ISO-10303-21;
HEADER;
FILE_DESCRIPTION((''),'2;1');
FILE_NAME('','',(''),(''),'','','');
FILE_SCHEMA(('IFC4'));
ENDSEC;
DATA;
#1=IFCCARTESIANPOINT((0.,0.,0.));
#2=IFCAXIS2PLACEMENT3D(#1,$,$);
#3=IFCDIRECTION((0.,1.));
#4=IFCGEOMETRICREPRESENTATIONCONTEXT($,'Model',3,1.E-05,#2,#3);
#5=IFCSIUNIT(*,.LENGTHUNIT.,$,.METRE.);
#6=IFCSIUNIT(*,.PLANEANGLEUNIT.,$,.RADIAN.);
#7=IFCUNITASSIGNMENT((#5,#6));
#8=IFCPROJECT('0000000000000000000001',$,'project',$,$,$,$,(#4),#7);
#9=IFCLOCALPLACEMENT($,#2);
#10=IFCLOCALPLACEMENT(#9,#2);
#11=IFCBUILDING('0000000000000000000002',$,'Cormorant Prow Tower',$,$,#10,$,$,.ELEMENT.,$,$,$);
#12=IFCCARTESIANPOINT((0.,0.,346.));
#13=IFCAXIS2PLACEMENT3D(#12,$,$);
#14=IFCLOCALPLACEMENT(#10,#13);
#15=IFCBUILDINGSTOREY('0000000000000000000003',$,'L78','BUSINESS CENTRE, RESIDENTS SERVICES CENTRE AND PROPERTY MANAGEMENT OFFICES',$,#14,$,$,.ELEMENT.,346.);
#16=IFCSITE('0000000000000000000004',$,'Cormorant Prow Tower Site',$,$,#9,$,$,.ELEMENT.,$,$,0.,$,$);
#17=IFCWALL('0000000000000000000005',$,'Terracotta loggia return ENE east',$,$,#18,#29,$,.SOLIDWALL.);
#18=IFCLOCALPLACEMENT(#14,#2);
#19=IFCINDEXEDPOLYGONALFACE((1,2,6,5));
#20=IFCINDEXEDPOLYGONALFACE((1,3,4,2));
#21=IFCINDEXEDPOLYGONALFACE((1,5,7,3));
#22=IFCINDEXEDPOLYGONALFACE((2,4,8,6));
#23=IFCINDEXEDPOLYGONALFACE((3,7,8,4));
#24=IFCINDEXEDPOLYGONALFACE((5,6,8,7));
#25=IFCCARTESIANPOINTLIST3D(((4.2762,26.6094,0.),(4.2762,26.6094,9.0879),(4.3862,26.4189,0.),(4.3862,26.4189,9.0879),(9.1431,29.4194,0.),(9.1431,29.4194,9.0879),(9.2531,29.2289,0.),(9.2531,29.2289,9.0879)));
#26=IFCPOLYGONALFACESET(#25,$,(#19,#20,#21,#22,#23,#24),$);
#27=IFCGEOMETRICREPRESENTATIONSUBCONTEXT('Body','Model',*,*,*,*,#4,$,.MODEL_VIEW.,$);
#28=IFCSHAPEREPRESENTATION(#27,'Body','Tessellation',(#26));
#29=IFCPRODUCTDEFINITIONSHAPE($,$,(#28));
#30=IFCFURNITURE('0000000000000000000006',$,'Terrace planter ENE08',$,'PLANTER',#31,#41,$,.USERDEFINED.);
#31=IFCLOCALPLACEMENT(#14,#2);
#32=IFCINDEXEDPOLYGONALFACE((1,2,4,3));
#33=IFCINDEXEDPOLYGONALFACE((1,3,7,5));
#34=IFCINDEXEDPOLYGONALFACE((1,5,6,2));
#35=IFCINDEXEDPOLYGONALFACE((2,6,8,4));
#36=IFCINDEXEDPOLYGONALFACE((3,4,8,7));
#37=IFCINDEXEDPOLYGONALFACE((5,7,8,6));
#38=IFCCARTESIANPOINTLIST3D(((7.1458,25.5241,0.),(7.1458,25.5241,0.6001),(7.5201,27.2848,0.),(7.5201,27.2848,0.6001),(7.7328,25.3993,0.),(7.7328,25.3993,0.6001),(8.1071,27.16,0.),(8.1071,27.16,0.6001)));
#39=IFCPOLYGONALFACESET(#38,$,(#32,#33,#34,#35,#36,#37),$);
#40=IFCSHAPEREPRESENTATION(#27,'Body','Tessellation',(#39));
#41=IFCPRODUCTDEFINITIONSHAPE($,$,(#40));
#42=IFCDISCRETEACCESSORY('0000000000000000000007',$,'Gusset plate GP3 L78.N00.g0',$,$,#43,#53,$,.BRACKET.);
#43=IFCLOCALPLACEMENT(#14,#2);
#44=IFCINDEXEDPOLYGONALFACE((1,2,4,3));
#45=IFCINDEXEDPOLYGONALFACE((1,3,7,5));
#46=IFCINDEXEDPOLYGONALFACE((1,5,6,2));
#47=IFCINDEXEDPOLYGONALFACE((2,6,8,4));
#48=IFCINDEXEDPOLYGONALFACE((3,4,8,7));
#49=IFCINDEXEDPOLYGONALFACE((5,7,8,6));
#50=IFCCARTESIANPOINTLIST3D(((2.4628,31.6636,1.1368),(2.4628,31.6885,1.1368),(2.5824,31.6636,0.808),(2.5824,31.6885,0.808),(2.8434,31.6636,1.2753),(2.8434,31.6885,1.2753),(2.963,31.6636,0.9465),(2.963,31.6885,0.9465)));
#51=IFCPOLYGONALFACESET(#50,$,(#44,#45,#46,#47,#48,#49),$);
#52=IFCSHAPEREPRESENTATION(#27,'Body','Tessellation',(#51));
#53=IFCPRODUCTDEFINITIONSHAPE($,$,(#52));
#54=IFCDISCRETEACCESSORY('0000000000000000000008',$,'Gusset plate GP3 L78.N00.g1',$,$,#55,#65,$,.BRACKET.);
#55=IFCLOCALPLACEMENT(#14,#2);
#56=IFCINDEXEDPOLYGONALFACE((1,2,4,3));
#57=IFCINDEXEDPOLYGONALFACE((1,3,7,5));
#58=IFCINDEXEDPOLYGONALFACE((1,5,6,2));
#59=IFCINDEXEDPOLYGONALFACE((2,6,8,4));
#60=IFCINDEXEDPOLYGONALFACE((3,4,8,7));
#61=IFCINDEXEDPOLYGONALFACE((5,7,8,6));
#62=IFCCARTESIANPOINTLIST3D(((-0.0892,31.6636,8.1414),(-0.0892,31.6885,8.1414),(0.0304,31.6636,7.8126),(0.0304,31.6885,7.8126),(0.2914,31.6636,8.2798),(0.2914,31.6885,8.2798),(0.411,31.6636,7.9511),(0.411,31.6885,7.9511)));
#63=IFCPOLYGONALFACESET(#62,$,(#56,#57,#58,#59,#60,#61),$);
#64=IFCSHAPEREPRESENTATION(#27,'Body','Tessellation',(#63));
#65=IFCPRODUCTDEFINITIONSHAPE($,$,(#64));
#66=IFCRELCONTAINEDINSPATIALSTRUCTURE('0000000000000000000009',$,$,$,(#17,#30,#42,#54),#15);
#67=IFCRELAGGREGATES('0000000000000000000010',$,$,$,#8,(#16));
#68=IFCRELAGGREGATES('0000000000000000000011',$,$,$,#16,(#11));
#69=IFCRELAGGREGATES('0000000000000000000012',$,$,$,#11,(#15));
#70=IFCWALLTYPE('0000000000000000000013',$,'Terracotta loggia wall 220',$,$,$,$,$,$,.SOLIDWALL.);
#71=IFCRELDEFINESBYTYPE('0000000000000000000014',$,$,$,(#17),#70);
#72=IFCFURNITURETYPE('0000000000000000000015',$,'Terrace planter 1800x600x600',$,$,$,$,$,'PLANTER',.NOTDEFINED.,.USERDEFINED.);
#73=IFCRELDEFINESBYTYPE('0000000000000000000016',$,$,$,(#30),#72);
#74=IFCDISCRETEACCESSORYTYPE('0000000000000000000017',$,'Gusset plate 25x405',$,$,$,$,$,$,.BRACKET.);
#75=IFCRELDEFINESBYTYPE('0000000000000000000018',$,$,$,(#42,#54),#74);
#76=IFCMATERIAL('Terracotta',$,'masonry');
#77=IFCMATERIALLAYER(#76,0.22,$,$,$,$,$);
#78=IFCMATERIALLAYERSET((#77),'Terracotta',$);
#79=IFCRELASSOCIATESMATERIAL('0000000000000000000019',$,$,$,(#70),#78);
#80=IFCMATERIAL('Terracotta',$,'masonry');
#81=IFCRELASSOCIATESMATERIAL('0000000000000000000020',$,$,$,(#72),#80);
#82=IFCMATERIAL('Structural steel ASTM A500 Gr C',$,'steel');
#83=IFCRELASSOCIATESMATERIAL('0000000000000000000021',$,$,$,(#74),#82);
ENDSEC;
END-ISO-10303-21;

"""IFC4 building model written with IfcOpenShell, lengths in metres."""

from ifc_helpers import new_model, si_unit, direction, frame, frame_2d, origin, origin_2d, place, context, subcontext, project, spatial, rectangle, extrude, material, layer, layer_set, material_profile, profile_set, type_object, element, save


model = new_model("IFC4")

# Units and contexts
model_context = context("Model", 3, precision=1e-05, world=origin(), true_north=direction((0.0, 1.0)))
body_context = subcontext(model_context, "Body", "Model", "MODEL_VIEW")
ifc_project = project(units=[si_unit("LENGTHUNIT", "METRE"), si_unit("PLANEANGLEUNIT", "RADIAN")], contexts=[model_context])

# Site, building, storey
site_placement = place(None, origin())
site = spatial("IfcSite", under=ifc_project, at=site_placement, Name="Cormorant Prow Tower Site", CompositionType="ELEMENT", RefElevation=0.0)
building_placement = place(site_placement, origin())
building = spatial("IfcBuilding", under=site, at=building_placement, Name="Cormorant Prow Tower", CompositionType="ELEMENT")
storey_placement = place(building_placement, frame((0.0, 0.0, 346.0)))
storey = spatial("IfcBuildingStorey", under=building, at=storey_placement, Name="L78", Description="BUSINESS CENTRE, RESIDENTS SERVICES CENTRE AND PROPERTY MANAGEMENT OFFICES", CompositionType="ELEMENT", Elevation=346.0)

# Wall
ifc_material_1 = material(Name="Terracotta", Category="masonry")
ifc_layer_1 = layer(ifc_material_1, 0.22)
ifc_layer_set_1 = layer_set([ifc_layer_1], Name="Terracotta")
wall_type_1 = type_object("IfcWallType", Name="Terracotta loggia wall 220", PredefinedType="SOLIDWALL", material=ifc_layer_set_1)
wall_1_placement = place(storey_placement, frame((9.1982, 29.3242, 0.0), z_axis=(0.0, 0.0, 1.0), x_axis=(-0.866016, -0.500017, 0.0)))
element("IfcWall", 1, at=wall_1_placement, inside=storey, type_object=wall_type_1, Name="Terracotta loggia return ENE east", PredefinedType="SOLIDWALL", context=body_context, shape_type="SweptSolid", body=[
    extrude(rectangle(XDim=5.6199, YDim=0.22, at=frame_2d((2.8101, 0.0))), origin(), (0.0, 0.0, 1.0), 9.0879),
])

# Furniture
ifc_material_2 = material(Name="Terracotta", Category="masonry")
furniture_type = type_object("IfcFurnitureType", Name="Terrace planter 1800x600x600", ElementType="PLANTER", AssemblyPlace="NOTDEFINED", PredefinedType="USERDEFINED", material=ifc_material_2)
furniture_placement = place(storey_placement, frame((7.6265, 26.342, 0.0), z_axis=(0.0, 0.0, 1.0), x_axis=(0.207912, 0.978148, 0.0)))
element("IfcFurniture", 2, at=furniture_placement, inside=storey, type_object=furniture_type, Name="Terrace planter ENE08", ObjectType="PLANTER", PredefinedType="USERDEFINED", context=body_context, shape_type="SweptSolid", body=[
    extrude(rectangle(XDim=1.8, YDim=0.6001, at=origin_2d()), origin(), (0.0, 0.0, 1.0), 0.6001),
])

# Discrete accessories
ifc_material_3 = material(Name="Structural steel ASTM A500 Gr C", Category="steel")
ifc_material_profile_1 = material_profile(ifc_material_3, rectangle(XDim=0.0249, YDim=0.405, at=origin_2d()), Name="Gusset plate 25x405")
ifc_profile_set_1 = profile_set([ifc_material_profile_1], Name="Structural steel ASTM A500 Gr C")
discrete_accessory_type = type_object("IfcDiscreteAccessoryType", Name="Gusset plate 25x405", PredefinedType="BRACKET", material=ifc_profile_set_1)
for number, where, z_axis, x_axis, name in (
    (3, (2.6531, 31.676, 1.2061), (0.341855, 0.0, -0.939753), (0.0, 1.0, 0.0), "Gusset plate GP3 L78.N00.g0"),
    (4, (0.2207, 31.676, 7.8818), (-0.341855, 0.0, 0.939753), (0.0, -1.0, 0.0), "Gusset plate GP3 L78.N00.g1"),
):
    element("IfcDiscreteAccessory", number, at=place(storey_placement, frame(where, z_axis=z_axis, x_axis=x_axis)), inside=storey, type_object=discrete_accessory_type, Name=name, PredefinedType="BRACKET", context=body_context, shape_type="SweptSolid", body=[
        extrude(rectangle(XDim=0.0249, YDim=0.405, at=origin_2d()), origin(), (0.0, 0.0, 1.0), 0.3499),
    ])

save(model, "model.ifc")
